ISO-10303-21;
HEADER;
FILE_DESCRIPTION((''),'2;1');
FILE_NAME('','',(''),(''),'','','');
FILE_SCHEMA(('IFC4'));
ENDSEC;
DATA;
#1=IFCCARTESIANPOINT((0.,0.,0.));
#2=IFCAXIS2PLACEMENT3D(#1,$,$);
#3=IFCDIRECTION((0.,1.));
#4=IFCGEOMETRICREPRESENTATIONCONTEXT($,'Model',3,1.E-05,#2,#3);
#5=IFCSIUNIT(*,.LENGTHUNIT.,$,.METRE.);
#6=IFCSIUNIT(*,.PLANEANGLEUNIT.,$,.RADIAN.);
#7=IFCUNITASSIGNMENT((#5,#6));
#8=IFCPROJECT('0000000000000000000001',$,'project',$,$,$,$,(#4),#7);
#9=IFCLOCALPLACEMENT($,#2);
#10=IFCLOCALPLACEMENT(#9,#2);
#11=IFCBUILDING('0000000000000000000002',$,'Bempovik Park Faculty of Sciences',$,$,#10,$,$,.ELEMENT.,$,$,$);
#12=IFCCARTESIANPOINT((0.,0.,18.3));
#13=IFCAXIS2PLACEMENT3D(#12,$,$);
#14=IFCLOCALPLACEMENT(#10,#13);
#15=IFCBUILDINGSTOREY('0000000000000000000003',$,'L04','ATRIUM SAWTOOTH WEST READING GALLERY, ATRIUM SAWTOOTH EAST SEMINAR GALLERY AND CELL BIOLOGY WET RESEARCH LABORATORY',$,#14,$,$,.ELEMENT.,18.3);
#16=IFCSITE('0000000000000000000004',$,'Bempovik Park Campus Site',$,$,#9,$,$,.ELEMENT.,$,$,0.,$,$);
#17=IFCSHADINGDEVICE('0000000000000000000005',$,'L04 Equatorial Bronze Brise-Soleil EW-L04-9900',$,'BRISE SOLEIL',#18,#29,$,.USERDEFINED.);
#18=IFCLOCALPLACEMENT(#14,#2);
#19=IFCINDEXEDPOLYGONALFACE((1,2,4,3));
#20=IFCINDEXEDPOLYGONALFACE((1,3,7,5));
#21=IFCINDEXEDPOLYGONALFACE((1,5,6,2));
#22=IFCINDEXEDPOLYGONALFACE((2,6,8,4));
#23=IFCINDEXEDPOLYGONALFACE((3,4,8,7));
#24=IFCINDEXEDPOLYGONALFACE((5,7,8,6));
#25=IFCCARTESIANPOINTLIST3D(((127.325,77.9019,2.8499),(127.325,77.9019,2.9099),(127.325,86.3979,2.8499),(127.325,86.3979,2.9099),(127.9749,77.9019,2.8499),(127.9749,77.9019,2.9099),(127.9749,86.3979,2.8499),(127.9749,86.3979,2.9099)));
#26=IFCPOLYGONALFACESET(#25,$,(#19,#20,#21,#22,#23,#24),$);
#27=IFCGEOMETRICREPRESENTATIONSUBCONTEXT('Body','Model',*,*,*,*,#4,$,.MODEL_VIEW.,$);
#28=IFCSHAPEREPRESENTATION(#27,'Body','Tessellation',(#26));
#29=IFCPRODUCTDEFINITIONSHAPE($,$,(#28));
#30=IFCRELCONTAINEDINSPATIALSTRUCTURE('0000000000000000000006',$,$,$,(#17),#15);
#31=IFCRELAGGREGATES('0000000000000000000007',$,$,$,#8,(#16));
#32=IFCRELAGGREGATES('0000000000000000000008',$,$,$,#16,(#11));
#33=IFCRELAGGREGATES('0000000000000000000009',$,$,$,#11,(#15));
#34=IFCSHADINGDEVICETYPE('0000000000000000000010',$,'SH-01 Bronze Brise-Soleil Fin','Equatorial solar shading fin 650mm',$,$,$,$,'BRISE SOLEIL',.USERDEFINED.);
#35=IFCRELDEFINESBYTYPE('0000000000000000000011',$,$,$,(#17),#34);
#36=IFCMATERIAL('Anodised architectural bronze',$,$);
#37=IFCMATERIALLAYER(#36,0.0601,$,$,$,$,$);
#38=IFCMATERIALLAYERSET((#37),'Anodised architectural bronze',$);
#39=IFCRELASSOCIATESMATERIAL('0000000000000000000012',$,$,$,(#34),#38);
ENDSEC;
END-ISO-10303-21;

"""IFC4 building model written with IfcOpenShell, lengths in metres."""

from ifc_helpers import new_model, si_unit, direction, frame, origin, origin_2d, place, context, subcontext, project, spatial, rectangle, extrude, material, layer, layer_set, type_object, element, save


model = new_model("IFC4")

# Units and contexts
model_context = context("Model", 3, precision=1e-05, world=origin(), true_north=direction((0.0, 1.0)))
body_context = subcontext(model_context, "Body", "Model", "MODEL_VIEW")
ifc_project = project(units=[si_unit("LENGTHUNIT", "METRE"), si_unit("PLANEANGLEUNIT", "RADIAN")], contexts=[model_context])

# Site, building, storey
site_placement = place(None, origin())
site = spatial("IfcSite", under=ifc_project, at=site_placement, Name="Bempovik Park Campus Site", CompositionType="ELEMENT", RefElevation=0.0)
building_placement = place(site_placement, origin())
building = spatial("IfcBuilding", under=site, at=building_placement, Name="Bempovik Park Faculty of Sciences", CompositionType="ELEMENT")
storey_placement = place(building_placement, frame((0.0, 0.0, 18.3)))
storey = spatial("IfcBuildingStorey", under=building, at=storey_placement, Name="L04", Description="ATRIUM SAWTOOTH WEST READING GALLERY, ATRIUM SAWTOOTH EAST SEMINAR GALLERY AND CELL BIOLOGY WET RESEARCH LABORATORY", CompositionType="ELEMENT", Elevation=18.3)

# Shared definitions
ifc_material_1 = material(Name="Anodised architectural bronze")

# Shading device
ifc_layer_1 = layer(ifc_material_1, 0.0601)
ifc_layer_set_1 = layer_set([ifc_layer_1], Name="Anodised architectural bronze")
shading_device_type = type_object("IfcShadingDeviceType", Name="SH-01 Bronze Brise-Soleil Fin", Description="Equatorial solar shading fin 650mm", ElementType="BRISE SOLEIL", PredefinedType="USERDEFINED", material=ifc_layer_set_1)
shading_device_1_placement = place(storey_placement, frame((127.6499, 82.1499, 2.8499), z_axis=(0.0, 0.0, 1.0), x_axis=(1.0, 0.0, 0.0)))
element("IfcShadingDevice", 1, at=shading_device_1_placement, inside=storey, type_object=shading_device_type, Name="L04 Equatorial Bronze Brise-Soleil EW-L04-9900", ObjectType="BRISE SOLEIL", PredefinedType="USERDEFINED", context=body_context, shape_type="SweptSolid", body=[
    extrude(rectangle(XDim=0.6499, YDim=8.4961, at=origin_2d()), origin(), (0.0, 0.0, 1.0), 0.0601),
])

save(model, "model.ifc")
